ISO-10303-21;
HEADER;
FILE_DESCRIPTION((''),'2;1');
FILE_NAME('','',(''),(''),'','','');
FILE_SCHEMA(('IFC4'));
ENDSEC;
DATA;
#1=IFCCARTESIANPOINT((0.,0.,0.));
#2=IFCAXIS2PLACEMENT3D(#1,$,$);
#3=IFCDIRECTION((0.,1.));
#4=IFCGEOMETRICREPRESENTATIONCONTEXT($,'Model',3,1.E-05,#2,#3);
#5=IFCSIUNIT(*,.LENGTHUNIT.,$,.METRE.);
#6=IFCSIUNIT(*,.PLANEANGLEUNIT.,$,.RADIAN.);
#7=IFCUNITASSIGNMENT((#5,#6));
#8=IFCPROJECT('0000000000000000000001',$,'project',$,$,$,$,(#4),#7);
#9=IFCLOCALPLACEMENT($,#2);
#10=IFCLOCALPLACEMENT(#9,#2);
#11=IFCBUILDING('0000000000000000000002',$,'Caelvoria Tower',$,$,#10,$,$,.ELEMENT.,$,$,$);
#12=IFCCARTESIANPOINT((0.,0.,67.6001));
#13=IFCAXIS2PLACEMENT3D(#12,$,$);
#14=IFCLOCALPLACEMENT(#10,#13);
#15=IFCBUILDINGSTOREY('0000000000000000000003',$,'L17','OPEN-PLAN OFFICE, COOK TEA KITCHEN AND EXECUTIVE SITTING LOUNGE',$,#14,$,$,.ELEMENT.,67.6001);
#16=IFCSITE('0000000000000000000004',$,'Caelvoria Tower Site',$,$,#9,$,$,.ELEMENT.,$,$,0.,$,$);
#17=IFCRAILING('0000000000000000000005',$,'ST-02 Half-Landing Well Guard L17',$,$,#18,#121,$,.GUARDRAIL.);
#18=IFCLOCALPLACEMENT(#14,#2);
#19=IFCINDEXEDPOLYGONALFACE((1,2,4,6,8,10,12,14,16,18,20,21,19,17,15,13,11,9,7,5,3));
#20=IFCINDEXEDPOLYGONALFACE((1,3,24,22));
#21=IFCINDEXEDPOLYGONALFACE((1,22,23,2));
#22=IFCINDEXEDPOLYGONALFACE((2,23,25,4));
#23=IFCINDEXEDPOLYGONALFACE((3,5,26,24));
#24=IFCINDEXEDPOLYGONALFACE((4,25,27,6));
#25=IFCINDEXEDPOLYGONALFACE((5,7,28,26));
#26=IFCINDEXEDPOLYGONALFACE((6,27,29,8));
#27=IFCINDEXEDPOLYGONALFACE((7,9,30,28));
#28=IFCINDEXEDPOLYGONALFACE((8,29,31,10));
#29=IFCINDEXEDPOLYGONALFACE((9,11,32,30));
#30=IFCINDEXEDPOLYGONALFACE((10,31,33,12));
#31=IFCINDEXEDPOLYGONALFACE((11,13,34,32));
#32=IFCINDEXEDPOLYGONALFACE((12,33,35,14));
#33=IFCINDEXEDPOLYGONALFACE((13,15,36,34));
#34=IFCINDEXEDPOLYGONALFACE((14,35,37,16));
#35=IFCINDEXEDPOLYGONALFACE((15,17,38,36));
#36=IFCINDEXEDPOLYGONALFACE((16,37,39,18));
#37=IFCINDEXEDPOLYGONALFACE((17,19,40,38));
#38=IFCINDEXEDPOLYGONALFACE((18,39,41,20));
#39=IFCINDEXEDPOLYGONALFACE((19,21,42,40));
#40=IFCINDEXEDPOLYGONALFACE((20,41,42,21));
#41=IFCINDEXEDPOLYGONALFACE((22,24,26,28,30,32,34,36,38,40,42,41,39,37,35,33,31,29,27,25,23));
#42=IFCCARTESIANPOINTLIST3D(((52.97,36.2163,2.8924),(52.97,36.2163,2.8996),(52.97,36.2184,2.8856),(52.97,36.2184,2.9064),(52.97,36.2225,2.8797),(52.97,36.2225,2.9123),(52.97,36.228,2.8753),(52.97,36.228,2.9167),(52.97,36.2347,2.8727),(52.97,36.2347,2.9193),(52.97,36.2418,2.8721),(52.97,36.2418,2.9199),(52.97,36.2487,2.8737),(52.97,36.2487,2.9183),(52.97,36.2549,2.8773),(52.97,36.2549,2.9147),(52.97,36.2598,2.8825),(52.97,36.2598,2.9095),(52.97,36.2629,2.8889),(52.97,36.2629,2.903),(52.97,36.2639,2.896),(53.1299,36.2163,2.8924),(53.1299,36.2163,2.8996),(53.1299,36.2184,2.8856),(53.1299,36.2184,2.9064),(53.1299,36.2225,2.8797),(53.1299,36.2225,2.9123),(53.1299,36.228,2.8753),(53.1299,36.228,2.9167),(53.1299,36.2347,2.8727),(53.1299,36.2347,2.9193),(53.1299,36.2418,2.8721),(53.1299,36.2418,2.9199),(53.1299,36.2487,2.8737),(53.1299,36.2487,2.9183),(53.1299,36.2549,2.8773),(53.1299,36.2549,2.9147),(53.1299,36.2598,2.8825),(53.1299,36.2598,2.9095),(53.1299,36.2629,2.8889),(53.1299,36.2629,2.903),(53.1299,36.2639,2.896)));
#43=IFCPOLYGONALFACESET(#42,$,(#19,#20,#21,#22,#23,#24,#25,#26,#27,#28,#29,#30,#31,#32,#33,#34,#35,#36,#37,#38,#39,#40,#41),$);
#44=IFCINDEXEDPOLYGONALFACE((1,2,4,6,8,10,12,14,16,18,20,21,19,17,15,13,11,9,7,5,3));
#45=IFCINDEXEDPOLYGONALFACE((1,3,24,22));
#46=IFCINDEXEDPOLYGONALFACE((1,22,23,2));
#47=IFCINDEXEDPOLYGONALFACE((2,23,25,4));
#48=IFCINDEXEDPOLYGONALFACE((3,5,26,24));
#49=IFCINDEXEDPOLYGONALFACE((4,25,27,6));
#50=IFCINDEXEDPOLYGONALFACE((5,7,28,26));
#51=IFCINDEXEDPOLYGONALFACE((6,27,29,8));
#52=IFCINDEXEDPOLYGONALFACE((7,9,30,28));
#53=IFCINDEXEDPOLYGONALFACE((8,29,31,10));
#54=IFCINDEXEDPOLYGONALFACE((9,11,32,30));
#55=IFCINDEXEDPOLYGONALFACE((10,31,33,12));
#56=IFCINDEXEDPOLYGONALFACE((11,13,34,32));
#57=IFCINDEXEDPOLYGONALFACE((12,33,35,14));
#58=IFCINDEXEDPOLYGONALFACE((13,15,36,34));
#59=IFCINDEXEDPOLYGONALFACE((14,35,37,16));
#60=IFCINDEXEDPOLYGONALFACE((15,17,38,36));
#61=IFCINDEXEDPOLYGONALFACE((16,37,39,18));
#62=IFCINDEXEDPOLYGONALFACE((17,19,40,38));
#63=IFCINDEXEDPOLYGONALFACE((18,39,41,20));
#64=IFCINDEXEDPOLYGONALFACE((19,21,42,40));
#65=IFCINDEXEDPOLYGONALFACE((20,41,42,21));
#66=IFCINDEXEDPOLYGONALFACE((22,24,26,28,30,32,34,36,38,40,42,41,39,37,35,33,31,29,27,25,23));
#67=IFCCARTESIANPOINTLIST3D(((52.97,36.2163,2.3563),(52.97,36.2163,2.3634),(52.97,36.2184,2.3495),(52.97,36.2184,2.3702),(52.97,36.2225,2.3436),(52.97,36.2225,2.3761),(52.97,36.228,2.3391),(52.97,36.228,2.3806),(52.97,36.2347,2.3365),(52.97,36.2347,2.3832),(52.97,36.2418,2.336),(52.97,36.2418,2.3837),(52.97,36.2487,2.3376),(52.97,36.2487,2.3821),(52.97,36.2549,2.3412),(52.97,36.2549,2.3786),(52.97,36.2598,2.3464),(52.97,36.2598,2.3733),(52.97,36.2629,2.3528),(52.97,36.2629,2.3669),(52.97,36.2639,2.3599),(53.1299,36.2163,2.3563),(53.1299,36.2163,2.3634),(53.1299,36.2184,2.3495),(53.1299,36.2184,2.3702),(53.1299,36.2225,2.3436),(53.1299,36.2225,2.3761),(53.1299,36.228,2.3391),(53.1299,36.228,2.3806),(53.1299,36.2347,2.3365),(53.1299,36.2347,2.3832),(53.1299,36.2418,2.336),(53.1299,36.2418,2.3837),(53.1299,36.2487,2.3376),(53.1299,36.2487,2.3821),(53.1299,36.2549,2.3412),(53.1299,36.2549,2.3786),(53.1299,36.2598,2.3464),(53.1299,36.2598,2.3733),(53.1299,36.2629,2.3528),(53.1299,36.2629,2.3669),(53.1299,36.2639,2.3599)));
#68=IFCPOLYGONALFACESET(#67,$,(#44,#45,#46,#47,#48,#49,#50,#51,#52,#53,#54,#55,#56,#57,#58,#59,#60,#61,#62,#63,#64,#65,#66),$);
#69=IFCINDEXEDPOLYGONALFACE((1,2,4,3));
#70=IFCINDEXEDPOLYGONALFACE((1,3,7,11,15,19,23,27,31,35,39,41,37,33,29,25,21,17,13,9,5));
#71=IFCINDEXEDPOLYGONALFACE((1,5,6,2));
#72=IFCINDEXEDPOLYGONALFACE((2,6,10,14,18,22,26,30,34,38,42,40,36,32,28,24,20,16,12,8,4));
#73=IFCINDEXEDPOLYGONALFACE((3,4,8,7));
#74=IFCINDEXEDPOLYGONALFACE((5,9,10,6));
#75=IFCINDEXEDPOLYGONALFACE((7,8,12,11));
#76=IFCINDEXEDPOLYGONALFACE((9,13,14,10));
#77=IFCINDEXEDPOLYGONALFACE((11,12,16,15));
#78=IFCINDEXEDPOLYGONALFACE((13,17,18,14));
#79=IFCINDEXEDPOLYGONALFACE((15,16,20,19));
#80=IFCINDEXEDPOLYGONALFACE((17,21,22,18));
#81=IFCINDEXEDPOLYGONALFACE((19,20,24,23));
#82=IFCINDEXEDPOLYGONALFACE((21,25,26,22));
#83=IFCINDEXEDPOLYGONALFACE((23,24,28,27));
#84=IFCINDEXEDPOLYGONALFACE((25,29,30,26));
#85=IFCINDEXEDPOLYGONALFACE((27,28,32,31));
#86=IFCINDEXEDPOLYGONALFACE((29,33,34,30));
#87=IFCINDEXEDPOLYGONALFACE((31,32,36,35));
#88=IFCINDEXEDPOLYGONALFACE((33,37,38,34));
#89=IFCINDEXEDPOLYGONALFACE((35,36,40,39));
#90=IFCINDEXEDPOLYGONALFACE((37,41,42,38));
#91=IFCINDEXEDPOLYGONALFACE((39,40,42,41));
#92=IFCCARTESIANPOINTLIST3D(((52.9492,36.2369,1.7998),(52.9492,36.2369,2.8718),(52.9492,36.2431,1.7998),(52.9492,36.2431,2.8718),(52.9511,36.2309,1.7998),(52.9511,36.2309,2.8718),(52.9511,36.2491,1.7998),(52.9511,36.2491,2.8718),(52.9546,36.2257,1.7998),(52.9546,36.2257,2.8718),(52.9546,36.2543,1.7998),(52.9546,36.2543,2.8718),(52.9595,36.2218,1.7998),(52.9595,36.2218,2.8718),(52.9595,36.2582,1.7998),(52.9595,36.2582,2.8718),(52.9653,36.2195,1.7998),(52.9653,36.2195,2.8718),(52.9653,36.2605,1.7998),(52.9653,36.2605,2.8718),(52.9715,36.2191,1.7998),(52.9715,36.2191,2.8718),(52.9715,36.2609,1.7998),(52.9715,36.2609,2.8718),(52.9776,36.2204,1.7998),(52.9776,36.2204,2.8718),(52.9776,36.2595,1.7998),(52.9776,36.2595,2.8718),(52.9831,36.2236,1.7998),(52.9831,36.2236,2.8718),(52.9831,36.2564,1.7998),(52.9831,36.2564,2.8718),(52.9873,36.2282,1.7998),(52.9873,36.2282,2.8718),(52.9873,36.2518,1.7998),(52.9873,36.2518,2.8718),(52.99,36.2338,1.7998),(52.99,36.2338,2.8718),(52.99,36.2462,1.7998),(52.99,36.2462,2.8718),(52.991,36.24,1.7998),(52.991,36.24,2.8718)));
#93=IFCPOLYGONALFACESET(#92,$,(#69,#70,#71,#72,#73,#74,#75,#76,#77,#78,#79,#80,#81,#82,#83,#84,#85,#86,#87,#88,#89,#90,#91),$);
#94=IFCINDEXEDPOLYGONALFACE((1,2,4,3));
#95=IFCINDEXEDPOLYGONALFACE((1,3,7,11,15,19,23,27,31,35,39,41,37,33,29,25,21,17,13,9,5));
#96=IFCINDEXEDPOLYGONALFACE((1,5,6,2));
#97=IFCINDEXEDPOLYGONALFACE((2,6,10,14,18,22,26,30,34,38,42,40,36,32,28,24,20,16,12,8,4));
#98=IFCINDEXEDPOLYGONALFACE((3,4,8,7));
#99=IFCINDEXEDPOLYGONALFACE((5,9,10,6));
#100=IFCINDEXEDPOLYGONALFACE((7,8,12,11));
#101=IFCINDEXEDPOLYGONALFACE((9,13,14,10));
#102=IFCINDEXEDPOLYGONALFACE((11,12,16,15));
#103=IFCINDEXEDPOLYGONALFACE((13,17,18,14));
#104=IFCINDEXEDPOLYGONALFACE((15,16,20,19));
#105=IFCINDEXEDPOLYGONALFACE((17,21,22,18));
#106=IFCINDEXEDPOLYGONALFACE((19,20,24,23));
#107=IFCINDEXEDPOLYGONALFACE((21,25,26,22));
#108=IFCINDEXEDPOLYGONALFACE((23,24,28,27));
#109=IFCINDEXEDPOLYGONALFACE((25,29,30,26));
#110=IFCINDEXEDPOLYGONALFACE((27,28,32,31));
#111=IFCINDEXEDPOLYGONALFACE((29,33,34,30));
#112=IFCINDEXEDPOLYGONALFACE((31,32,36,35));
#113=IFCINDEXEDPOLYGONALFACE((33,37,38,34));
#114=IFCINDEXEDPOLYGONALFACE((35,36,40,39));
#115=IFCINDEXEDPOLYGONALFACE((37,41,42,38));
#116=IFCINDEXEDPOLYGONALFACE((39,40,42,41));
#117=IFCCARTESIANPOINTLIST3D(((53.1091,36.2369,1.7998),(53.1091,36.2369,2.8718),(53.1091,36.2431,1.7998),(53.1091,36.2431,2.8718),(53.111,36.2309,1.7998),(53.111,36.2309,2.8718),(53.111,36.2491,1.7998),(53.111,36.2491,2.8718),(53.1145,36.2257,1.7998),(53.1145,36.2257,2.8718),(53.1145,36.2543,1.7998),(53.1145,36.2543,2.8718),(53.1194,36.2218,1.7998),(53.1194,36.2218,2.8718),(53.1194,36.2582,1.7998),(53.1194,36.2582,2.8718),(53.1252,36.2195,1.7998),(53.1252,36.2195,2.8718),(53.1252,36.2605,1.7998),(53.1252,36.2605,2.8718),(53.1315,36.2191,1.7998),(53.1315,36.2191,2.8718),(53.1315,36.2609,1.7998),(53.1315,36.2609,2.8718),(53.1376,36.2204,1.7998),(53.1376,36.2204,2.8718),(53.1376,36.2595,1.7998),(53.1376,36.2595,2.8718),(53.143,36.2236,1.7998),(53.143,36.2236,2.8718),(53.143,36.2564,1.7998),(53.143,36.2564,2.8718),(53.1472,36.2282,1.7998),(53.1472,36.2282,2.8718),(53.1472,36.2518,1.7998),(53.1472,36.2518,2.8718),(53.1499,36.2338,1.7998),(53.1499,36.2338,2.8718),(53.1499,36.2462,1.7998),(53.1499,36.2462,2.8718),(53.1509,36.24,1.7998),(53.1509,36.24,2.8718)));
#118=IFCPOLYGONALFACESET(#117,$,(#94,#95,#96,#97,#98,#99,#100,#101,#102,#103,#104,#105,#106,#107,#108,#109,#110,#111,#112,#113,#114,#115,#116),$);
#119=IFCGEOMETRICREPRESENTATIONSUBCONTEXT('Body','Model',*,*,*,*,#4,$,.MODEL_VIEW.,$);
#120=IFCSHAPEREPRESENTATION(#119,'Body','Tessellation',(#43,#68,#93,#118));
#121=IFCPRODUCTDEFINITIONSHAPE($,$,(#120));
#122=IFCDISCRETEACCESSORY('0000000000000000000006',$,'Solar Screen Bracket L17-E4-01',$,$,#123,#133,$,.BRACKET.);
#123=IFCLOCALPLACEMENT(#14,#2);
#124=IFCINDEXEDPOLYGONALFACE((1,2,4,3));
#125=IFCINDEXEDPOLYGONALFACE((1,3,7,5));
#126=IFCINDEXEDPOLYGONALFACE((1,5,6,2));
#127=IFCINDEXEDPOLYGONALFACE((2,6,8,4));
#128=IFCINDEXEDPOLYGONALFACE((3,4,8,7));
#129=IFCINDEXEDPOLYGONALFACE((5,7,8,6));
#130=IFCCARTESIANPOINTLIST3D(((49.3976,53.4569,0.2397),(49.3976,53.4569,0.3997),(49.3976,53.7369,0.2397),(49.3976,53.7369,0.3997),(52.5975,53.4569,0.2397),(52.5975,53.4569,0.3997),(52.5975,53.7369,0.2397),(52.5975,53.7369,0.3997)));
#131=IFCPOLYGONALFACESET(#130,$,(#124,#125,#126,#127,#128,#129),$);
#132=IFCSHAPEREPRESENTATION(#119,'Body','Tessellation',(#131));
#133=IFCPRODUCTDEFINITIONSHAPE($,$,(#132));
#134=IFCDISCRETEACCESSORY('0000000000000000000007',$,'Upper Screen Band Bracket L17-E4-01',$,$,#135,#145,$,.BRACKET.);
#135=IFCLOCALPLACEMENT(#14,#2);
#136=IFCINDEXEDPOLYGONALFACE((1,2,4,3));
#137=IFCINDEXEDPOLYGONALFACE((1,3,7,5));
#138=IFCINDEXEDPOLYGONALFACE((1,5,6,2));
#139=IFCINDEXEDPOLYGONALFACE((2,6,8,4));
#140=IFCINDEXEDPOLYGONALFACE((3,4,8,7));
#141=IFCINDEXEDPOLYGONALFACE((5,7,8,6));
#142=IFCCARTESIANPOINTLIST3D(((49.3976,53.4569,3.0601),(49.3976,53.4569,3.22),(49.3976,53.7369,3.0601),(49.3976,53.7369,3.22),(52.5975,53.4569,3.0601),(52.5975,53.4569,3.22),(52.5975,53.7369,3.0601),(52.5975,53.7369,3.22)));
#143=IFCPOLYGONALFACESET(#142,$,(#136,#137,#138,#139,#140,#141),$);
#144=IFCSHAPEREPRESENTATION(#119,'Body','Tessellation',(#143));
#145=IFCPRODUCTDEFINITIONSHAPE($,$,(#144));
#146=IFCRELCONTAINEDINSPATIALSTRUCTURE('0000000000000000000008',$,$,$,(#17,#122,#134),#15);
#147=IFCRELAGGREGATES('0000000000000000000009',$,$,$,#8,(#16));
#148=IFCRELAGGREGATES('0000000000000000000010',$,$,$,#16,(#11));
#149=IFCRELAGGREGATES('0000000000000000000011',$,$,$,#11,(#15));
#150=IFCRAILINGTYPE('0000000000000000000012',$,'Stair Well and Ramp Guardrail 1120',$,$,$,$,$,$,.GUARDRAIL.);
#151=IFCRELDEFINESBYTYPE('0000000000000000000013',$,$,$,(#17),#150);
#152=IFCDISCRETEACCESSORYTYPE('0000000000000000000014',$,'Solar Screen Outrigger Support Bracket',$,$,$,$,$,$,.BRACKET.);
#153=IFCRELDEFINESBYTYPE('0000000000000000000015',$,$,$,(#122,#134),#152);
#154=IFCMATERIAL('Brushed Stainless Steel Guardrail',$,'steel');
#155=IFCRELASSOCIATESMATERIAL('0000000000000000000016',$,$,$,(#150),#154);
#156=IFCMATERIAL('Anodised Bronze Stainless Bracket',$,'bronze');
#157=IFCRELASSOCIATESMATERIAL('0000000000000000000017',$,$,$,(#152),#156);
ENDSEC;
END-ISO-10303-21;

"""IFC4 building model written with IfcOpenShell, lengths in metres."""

from ifc_helpers import new_model, si_unit, direction, frame, origin, origin_2d, place, context, subcontext, project, spatial, rectangle, circle, extrude, material, type_object, element, save


model = new_model("IFC4")

# Units and contexts
model_context = context("Model", 3, precision=1e-05, world=origin(), true_north=direction((0.0, 1.0)))
body_context = subcontext(model_context, "Body", "Model", "MODEL_VIEW")
ifc_project = project(units=[si_unit("LENGTHUNIT", "METRE"), si_unit("PLANEANGLEUNIT", "RADIAN")], contexts=[model_context])

# Site, building, storey
site_placement = place(None, origin())
site = spatial("IfcSite", under=ifc_project, at=site_placement, Name="Caelvoria Tower Site", CompositionType="ELEMENT", RefElevation=0.0)
building_placement = place(site_placement, origin())
building = spatial("IfcBuilding", under=site, at=building_placement, Name="Caelvoria Tower", CompositionType="ELEMENT")
storey_placement = place(building_placement, frame((0.0, 0.0, 67.6001)))
storey = spatial("IfcBuildingStorey", under=building, at=storey_placement, Name="L17", Description="OPEN-PLAN OFFICE, COOK TEA KITCHEN AND EXECUTIVE SITTING LOUNGE", CompositionType="ELEMENT", Elevation=67.6001)

# Railing
ifc_material_1 = material(Name="Brushed Stainless Steel Guardrail", Category="steel")
railing_type_1 = type_object("IfcRailingType", Name="Stair Well and Ramp Guardrail 1120", PredefinedType="GUARDRAIL", material=ifc_material_1)
railing_1_placement = place(storey_placement, frame((52.97, 36.24, 1.7998)))
element("IfcRailing", 1, at=railing_1_placement, inside=storey, type_object=railing_type_1, Name="ST-02 Half-Landing Well Guard L17", PredefinedType="GUARDRAIL", context=body_context, shape_type="SweptSolid", body=[
    extrude(circle(Radius=0.0239, at=origin_2d()), frame((0.0, 0.0, 1.0962), z_axis=(1.0, 0.0, 0.0), x_axis=(0.0, 1.0, 0.0)), (0.0, 0.0, 1.0), 0.1599),
    extrude(circle(Radius=0.0239, at=origin_2d()), frame((0.0, 0.0, 0.5601), z_axis=(1.0, 0.0, 0.0), x_axis=(0.0, 1.0, 0.0)), (0.0, 0.0, 1.0), 0.1599),
    extrude(circle(Radius=0.021, at=origin_2d()), origin(), (0.0, 0.0, 1.0), 1.072),
    extrude(circle(Radius=0.021, at=origin_2d()), frame((0.1599, 0.0, 0.0)), (0.0, 0.0, 1.0), 1.072),
])

# Discrete accessories
ifc_material_2 = material(Name="Anodised Bronze Stainless Bracket", Category="bronze")
discrete_accessory_type = type_object("IfcDiscreteAccessoryType", Name="Solar Screen Outrigger Support Bracket", PredefinedType="BRACKET", material=ifc_material_2)
for number, where, z_axis, x_axis, name in (
    (2, (50.9976, 53.5969, 0.2397), (0.0, 0.0, 1.0), (-1.0, 0.0, 0.0), "Solar Screen Bracket L17-E4-01"),
    (3, (50.9976, 53.5969, 3.0601), (0.0, 0.0, 1.0), (-1.0, 0.0, 0.0), "Upper Screen Band Bracket L17-E4-01"),
):
    element("IfcDiscreteAccessory", number, at=place(storey_placement, frame(where, z_axis=z_axis, x_axis=x_axis)), inside=storey, type_object=discrete_accessory_type, Name=name, PredefinedType="BRACKET", context=body_context, shape_type="SweptSolid", body=[
        extrude(rectangle(XDim=3.2, YDim=0.28, at=origin_2d()), origin(), (0.0, 0.0, 1.0), 0.1599),
    ])

save(model, "model.ifc")
